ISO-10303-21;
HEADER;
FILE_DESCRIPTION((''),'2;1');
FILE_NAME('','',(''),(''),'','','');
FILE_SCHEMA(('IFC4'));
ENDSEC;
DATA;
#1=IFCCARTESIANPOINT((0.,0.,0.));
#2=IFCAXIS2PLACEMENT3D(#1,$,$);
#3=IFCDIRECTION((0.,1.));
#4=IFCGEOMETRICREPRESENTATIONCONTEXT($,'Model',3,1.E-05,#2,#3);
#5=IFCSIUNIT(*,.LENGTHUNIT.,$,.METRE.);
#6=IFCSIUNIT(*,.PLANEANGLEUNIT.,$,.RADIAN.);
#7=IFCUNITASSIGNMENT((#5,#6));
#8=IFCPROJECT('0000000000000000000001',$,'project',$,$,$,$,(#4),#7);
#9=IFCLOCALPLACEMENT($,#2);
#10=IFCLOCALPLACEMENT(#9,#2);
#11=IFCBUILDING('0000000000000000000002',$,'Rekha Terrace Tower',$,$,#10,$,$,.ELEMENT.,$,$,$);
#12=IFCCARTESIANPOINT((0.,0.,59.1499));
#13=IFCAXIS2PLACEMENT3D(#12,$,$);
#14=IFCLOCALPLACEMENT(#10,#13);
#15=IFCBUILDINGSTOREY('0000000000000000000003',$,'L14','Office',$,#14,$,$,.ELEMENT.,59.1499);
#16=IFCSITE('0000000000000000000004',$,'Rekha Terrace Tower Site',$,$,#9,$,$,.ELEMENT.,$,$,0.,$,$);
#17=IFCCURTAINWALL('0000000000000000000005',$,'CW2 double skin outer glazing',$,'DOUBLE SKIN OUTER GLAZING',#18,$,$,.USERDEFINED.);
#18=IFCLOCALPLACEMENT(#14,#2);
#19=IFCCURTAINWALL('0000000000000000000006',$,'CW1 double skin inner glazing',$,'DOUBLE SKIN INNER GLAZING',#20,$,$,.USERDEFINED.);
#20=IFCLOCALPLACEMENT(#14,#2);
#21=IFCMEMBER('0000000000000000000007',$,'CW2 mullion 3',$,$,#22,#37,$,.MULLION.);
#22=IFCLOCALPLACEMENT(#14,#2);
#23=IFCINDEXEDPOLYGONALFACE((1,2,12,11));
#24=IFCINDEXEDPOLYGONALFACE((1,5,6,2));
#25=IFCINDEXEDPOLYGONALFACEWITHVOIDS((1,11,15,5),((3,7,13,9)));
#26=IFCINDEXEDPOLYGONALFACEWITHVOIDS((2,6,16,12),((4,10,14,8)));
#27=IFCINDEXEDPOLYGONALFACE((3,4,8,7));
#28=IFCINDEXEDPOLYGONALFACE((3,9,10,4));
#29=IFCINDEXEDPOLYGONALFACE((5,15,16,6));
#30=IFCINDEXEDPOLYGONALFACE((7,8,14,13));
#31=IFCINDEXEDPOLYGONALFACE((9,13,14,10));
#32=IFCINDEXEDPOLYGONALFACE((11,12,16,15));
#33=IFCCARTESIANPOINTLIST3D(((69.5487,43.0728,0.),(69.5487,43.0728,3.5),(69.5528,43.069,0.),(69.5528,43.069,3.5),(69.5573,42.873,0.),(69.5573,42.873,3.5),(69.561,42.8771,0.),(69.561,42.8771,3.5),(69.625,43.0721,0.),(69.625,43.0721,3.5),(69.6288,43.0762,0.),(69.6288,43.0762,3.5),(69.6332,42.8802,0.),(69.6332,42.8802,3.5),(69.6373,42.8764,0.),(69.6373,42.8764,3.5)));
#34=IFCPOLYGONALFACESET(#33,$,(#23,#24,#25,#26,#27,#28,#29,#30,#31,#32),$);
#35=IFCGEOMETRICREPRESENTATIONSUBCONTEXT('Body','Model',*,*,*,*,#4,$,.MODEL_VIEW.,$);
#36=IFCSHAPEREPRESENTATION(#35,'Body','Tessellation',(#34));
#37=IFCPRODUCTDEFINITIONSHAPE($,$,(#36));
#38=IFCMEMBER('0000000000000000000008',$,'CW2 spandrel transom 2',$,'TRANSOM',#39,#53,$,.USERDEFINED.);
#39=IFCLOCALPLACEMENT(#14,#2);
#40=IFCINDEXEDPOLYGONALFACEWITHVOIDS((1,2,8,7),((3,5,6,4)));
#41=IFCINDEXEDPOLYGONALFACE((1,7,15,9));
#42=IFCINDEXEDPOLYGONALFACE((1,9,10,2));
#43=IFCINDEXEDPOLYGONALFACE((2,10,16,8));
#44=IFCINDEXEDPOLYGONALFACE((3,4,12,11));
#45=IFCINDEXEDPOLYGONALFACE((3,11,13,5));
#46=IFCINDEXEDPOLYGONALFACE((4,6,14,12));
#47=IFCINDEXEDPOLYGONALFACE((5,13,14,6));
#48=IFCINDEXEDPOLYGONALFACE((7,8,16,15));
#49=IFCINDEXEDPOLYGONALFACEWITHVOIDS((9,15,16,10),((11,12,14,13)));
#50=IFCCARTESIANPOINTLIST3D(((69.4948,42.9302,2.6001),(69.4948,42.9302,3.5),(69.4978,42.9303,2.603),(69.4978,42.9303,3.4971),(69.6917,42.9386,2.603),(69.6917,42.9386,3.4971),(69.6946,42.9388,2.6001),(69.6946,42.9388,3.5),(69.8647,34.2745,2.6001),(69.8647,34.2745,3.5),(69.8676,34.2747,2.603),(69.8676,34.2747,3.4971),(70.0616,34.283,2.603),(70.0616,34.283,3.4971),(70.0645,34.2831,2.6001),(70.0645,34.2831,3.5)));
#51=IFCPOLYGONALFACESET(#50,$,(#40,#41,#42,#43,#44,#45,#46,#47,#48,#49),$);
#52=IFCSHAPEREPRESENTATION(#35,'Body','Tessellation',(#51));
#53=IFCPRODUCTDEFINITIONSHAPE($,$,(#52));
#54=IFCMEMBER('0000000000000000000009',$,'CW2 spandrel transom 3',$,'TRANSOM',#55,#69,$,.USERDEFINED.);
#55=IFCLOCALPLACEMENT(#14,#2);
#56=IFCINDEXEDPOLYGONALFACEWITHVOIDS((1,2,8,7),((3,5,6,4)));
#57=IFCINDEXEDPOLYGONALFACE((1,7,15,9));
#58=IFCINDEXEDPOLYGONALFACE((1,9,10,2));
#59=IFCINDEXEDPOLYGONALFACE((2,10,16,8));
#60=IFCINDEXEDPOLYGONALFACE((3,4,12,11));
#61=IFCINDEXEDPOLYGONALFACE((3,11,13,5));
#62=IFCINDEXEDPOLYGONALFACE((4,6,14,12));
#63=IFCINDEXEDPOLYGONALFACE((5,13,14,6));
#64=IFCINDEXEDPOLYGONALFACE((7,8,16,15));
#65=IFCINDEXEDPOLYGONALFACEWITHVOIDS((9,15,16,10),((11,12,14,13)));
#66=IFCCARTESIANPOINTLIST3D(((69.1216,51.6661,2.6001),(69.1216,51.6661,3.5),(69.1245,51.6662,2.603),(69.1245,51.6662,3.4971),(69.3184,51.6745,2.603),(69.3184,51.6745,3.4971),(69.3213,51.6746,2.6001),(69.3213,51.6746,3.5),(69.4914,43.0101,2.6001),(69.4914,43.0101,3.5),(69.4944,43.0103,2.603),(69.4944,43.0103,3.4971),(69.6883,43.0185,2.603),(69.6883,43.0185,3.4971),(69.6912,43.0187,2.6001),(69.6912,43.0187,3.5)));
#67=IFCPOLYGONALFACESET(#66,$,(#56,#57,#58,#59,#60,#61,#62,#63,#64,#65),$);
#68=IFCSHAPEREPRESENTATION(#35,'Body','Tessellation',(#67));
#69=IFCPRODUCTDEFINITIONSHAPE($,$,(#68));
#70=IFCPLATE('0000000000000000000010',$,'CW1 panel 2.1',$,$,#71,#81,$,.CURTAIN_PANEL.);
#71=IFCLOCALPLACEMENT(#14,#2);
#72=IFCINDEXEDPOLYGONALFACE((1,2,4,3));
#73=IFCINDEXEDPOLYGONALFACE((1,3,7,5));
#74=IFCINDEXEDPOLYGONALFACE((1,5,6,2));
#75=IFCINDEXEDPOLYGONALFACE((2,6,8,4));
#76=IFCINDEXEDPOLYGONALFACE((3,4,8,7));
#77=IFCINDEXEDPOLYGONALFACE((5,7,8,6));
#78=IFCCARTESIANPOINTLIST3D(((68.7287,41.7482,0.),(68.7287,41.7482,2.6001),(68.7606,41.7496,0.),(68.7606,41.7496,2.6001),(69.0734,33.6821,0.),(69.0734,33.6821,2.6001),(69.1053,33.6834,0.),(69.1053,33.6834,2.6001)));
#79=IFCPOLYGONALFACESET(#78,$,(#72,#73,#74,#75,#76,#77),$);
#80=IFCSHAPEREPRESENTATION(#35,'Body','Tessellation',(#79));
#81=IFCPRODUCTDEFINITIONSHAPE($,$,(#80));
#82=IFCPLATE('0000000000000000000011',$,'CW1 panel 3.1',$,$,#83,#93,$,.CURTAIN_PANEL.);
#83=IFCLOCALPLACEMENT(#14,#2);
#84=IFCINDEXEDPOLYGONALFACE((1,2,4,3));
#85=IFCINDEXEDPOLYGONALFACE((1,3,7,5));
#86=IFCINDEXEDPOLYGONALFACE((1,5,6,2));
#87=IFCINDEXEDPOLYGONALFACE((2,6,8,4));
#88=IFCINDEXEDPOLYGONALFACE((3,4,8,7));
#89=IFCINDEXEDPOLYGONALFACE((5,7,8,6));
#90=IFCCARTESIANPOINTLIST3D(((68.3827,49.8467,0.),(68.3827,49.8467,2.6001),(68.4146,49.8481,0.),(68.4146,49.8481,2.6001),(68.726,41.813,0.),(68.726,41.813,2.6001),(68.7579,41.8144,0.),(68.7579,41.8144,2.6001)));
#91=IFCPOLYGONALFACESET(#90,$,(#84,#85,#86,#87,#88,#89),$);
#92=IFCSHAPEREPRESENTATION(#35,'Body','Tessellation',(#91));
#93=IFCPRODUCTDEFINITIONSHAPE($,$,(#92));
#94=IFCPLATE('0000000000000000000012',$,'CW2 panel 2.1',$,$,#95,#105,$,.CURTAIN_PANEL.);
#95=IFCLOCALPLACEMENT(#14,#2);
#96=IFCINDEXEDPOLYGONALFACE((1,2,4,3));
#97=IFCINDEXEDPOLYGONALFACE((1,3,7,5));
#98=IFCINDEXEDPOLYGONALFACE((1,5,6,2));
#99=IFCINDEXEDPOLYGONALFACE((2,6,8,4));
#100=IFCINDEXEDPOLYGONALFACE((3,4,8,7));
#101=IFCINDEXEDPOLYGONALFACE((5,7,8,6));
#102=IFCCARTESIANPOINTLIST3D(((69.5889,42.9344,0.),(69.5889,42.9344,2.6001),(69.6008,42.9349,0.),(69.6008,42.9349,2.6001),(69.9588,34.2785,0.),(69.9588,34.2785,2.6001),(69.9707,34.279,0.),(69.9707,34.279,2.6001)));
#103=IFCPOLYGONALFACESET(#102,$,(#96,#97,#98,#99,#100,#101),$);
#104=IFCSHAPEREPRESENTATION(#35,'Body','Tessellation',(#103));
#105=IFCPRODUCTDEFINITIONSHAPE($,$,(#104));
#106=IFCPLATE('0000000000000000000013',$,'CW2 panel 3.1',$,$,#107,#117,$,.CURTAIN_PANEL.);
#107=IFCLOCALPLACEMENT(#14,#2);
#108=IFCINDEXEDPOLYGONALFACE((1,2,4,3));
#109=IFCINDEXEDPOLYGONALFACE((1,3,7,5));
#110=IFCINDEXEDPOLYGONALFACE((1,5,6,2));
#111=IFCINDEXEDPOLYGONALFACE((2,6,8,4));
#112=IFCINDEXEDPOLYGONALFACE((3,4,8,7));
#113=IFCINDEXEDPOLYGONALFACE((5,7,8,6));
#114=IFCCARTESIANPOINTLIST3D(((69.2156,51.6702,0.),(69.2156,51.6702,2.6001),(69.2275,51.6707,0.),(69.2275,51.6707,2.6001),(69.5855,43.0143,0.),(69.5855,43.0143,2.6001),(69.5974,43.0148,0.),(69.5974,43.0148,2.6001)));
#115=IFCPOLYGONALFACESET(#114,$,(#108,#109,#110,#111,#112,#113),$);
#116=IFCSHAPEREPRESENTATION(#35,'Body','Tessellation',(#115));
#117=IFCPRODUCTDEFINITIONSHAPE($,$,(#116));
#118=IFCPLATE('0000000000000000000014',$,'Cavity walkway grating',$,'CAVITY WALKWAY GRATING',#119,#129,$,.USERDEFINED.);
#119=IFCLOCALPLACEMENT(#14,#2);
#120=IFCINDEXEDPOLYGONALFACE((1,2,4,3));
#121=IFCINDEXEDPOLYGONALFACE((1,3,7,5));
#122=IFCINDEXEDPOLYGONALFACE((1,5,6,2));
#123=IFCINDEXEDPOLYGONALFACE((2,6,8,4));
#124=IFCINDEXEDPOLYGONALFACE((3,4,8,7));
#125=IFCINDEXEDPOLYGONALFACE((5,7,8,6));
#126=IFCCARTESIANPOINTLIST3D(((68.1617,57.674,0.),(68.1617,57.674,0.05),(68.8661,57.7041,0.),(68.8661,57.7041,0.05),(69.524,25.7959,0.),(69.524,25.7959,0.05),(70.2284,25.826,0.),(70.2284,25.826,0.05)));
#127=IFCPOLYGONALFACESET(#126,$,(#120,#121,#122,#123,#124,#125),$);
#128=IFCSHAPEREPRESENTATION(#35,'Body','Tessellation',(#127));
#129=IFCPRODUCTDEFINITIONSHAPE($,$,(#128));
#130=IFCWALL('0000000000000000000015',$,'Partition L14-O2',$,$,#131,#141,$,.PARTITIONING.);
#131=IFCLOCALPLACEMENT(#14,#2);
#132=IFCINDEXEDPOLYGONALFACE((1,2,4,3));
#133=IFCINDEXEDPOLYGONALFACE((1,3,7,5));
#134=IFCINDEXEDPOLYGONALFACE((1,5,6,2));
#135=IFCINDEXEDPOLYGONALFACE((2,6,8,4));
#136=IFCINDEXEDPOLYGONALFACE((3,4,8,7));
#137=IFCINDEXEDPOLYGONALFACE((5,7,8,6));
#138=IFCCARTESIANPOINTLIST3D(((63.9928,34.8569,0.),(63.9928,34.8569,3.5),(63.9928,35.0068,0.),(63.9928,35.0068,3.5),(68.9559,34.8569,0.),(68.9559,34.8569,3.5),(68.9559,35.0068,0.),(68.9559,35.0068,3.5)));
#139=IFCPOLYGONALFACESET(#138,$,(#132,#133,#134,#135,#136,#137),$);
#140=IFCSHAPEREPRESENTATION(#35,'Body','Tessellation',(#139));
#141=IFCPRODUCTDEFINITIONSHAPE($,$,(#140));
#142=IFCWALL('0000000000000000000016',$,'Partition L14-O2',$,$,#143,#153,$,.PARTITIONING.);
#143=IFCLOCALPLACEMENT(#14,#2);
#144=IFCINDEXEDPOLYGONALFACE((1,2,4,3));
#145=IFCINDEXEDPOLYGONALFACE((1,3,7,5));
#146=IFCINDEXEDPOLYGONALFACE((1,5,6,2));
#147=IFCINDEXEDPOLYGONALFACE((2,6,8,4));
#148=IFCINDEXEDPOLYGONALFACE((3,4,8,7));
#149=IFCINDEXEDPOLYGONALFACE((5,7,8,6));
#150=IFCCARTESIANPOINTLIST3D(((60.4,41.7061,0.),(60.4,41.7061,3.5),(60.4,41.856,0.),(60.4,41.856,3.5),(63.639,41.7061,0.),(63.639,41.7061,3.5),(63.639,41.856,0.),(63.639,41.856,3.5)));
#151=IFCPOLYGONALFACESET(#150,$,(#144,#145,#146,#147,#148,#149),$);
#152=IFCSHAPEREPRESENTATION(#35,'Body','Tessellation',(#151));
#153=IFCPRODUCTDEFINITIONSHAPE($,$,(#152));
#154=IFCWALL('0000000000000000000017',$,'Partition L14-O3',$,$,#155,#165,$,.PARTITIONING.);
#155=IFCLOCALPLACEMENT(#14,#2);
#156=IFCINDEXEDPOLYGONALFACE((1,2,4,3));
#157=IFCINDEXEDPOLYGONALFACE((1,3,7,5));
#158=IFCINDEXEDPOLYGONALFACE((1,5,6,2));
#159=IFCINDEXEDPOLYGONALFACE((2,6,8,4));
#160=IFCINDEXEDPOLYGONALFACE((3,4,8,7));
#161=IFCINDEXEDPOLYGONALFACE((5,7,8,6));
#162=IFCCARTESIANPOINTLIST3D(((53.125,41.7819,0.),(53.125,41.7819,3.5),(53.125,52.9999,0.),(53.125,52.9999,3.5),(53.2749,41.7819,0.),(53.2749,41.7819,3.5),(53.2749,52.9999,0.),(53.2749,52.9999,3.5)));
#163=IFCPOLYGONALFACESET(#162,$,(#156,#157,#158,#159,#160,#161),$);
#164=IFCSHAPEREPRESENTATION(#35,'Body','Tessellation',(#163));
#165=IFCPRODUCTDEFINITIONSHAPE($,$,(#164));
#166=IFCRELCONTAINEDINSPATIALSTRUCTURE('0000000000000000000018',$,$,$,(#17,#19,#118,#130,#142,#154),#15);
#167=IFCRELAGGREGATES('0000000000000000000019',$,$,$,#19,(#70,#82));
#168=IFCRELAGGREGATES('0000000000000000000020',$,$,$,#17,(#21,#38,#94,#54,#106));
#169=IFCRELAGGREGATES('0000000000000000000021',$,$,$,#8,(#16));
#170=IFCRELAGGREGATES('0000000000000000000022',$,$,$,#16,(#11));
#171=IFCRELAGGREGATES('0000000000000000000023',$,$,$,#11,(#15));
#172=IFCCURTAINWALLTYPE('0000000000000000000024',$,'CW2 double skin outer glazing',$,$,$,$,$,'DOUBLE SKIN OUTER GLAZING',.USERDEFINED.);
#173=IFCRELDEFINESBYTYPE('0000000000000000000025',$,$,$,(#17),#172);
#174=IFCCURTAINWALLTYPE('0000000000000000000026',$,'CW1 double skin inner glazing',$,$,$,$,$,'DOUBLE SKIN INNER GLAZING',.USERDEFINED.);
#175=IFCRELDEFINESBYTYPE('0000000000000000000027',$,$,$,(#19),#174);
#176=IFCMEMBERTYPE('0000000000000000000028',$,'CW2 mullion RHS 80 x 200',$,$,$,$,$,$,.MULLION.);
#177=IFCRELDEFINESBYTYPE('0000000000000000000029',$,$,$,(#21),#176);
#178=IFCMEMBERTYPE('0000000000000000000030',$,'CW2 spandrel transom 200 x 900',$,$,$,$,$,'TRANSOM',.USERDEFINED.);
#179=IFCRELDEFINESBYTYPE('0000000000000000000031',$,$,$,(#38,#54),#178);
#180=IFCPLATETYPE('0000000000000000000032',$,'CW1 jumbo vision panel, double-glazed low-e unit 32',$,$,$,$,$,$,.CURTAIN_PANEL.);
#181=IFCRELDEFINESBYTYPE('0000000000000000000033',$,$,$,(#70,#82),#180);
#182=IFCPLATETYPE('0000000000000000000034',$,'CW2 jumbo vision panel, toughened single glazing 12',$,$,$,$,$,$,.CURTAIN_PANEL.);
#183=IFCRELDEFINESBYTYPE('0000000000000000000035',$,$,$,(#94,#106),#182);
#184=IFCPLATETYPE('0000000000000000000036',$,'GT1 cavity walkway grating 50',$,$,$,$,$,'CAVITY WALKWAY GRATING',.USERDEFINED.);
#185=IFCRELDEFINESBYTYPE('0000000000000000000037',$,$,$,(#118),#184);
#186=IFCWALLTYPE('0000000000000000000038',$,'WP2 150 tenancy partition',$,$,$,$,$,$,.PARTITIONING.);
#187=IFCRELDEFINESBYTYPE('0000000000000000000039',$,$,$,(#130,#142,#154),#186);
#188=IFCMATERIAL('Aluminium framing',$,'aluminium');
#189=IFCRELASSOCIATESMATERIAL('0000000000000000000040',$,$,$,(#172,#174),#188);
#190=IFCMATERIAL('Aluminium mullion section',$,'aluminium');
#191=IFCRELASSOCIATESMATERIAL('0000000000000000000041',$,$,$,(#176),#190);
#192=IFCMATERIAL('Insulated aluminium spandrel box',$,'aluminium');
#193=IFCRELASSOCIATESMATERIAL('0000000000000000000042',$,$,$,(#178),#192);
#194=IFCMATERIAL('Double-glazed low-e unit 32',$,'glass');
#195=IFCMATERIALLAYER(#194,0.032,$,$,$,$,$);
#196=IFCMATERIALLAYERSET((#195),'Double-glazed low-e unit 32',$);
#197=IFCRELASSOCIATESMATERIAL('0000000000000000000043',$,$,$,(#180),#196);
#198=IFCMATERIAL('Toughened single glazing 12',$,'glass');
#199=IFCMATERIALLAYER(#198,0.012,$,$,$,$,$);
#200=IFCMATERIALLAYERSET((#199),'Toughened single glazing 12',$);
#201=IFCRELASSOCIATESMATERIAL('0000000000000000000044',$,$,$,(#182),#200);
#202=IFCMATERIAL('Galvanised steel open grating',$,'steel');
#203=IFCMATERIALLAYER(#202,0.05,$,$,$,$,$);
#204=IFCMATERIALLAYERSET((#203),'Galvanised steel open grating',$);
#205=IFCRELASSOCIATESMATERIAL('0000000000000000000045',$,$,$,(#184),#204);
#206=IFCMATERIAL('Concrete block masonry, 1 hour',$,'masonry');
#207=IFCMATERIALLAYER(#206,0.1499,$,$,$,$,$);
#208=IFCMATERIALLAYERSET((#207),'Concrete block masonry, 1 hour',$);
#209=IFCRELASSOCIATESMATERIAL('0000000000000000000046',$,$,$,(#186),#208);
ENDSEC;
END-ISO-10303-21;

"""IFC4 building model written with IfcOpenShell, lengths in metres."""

from ifc_helpers import new_model, si_unit, direction, frame, frame_2d, origin, origin_2d, place, context, subcontext, project, spatial, rectangle, hollow_rectangle, extrude, material, layer, layer_set, material_profile, profile_set, type_object, element, aggregate, save


model = new_model("IFC4")

# Units and contexts
model_context = context("Model", 3, precision=1e-05, world=origin(), true_north=direction((0.0, 1.0)))
body_context = subcontext(model_context, "Body", "Model", "MODEL_VIEW")
ifc_project = project(units=[si_unit("LENGTHUNIT", "METRE"), si_unit("PLANEANGLEUNIT", "RADIAN")], contexts=[model_context])

# Site, building, storey
site_placement = place(None, origin())
site = spatial("IfcSite", under=ifc_project, at=site_placement, Name="Rekha Terrace Tower Site", CompositionType="ELEMENT", RefElevation=0.0)
building_placement = place(site_placement, origin())
building = spatial("IfcBuilding", under=site, at=building_placement, Name="Rekha Terrace Tower", CompositionType="ELEMENT")
storey_placement = place(building_placement, frame((0.0, 0.0, 59.1499)))
storey = spatial("IfcBuildingStorey", under=building, at=storey_placement, Name="L14", Description="Office", CompositionType="ELEMENT", Elevation=59.1499)

# Curtain walls
ifc_material_1 = material(Name="Aluminium framing", Category="aluminium")
curtain_wall_type_1 = type_object("IfcCurtainWallType", Name="CW2 double skin outer glazing", ElementType="DOUBLE SKIN OUTER GLAZING", PredefinedType="USERDEFINED", material=ifc_material_1)
curtain_wall_1_placement = place(storey_placement, origin())
curtain_wall_1 = element("IfcCurtainWall", 1, at=curtain_wall_1_placement, inside=storey, type_object=curtain_wall_type_1, Name="CW2 double skin outer glazing", ObjectType="DOUBLE SKIN OUTER GLAZING", PredefinedType="USERDEFINED")
curtain_wall_type_2 = type_object("IfcCurtainWallType", Name="CW1 double skin inner glazing", ElementType="DOUBLE SKIN INNER GLAZING", PredefinedType="USERDEFINED", material=ifc_material_1)
curtain_wall_2_placement = place(storey_placement, origin())
curtain_wall_2 = element("IfcCurtainWall", 2, at=curtain_wall_2_placement, inside=storey, type_object=curtain_wall_type_2, Name="CW1 double skin inner glazing", ObjectType="DOUBLE SKIN INNER GLAZING", PredefinedType="USERDEFINED")
ifc_material_2 = material(Name="Aluminium mullion section", Category="aluminium")
ifc_material_3 = material(Name="Insulated aluminium spandrel box", Category="aluminium")

# Members
ifc_material_profile_1 = material_profile(ifc_material_2, hollow_rectangle(XDim=0.0801, YDim=0.2, WallThickness=0.0039, at=origin_2d()), Name="AL RHS 80x200")
ifc_profile_set_1 = profile_set([ifc_material_profile_1], Name="Aluminium mullion section")
member_type_1 = type_object("IfcMemberType", Name="CW2 mullion RHS 80 x 200", PredefinedType="MULLION", material=ifc_profile_set_1)
member_1_placement = place(storey_placement, frame((69.593, 42.9746, 0.0), z_axis=(0.0, 0.0, 1.0), x_axis=(-0.999088, -0.042696, 0.0)))
member_1 = element("IfcMember", 3, at=member_1_placement, type_object=member_type_1, Name="CW2 mullion 3", PredefinedType="MULLION", context=body_context, shape_type="SweptSolid", body=[
    extrude(hollow_rectangle(XDim=0.0801, YDim=0.2, WallThickness=0.0039, at=origin_2d()), origin(), (0.0, 0.0, 1.0), 3.5),
])
ifc_material_profile_2 = material_profile(ifc_material_3, hollow_rectangle(XDim=0.2, YDim=0.8999, WallThickness=0.0029, at=origin_2d()), Name="AL SPANDREL BOX 200x900")
ifc_profile_set_2 = profile_set([ifc_material_profile_2], Name="Insulated aluminium spandrel box")
member_type_2 = type_object("IfcMemberType", Name="CW2 spandrel transom 200 x 900", ElementType="TRANSOM", PredefinedType="USERDEFINED", material=ifc_profile_set_2)
member_2_placement = place(storey_placement, frame((69.9646, 34.2788, 3.05), z_axis=(-0.042692, 0.999088, 0.0), x_axis=(-0.999088, -0.042692, 0.0)))
member_2 = element("IfcMember", 4, at=member_2_placement, type_object=member_type_2, Name="CW2 spandrel transom 2", ObjectType="TRANSOM", PredefinedType="USERDEFINED", context=body_context, shape_type="SweptSolid", body=[
    extrude(hollow_rectangle(XDim=0.2, YDim=0.8999, WallThickness=0.0029, at=origin_2d()), origin(), (0.0, 0.0, 1.0), 8.6636),
])
member_3_placement = place(storey_placement, frame((69.5913, 43.0144, 3.05), z_axis=(-0.042691, 0.999088, 0.0), x_axis=(-0.999088, -0.042691, 0.0)))
member_3 = element("IfcMember", 5, at=member_3_placement, type_object=member_type_2, Name="CW2 spandrel transom 3", ObjectType="TRANSOM", PredefinedType="USERDEFINED", context=body_context, shape_type="SweptSolid", body=[
    extrude(hollow_rectangle(XDim=0.2, YDim=0.8999, WallThickness=0.0029, at=origin_2d()), origin(), (0.0, 0.0, 1.0), 8.6638),
])

# Plates
ifc_material_4 = material(Name="Double-glazed low-e unit 32", Category="glass")
ifc_layer_1 = layer(ifc_material_4, 0.032)
ifc_layer_set_1 = layer_set([ifc_layer_1], Name="Double-glazed low-e unit 32")
plate_type_1 = type_object("IfcPlateType", Name="CW1 jumbo vision panel, double-glazed low-e unit 32", PredefinedType="CURTAIN_PANEL", material=ifc_layer_set_1)
plate_1_placement = place(storey_placement, frame((68.917, 37.7158, 0.0), z_axis=(0.0, 0.0, 1.0), x_axis=(-0.042696, 0.999088, 0.0)))
plate_1 = element("IfcPlate", 6, at=plate_1_placement, type_object=plate_type_1, Name="CW1 panel 2.1", PredefinedType="CURTAIN_PANEL", context=body_context, shape_type="SweptSolid", body=[
    extrude(rectangle(XDim=8.0735, YDim=0.032, at=origin_2d()), origin(), (0.0, 0.0, 1.0), 2.6001),
])
plate_2_placement = place(storey_placement, frame((68.5703, 45.8306, 0.0), z_axis=(0.0, 0.0, 1.0), x_axis=(-0.042696, 0.999088, 0.0)))
plate_2 = element("IfcPlate", 7, at=plate_2_placement, type_object=plate_type_1, Name="CW1 panel 3.1", PredefinedType="CURTAIN_PANEL", context=body_context, shape_type="SweptSolid", body=[
    extrude(rectangle(XDim=8.041, YDim=0.032, at=origin_2d()), origin(), (0.0, 0.0, 1.0), 2.6001),
])
aggregate(curtain_wall_2, [plate_1, plate_2])
ifc_material_5 = material(Name="Toughened single glazing 12", Category="glass")
ifc_layer_2 = layer(ifc_material_5, 0.012)
ifc_layer_set_2 = layer_set([ifc_layer_2], Name="Toughened single glazing 12")
plate_type_2 = type_object("IfcPlateType", Name="CW2 jumbo vision panel, toughened single glazing 12", PredefinedType="CURTAIN_PANEL", material=ifc_layer_set_2)
plate_3_placement = place(storey_placement, frame((69.7798, 38.6067, 0.0), z_axis=(0.0, 0.0, 1.0), x_axis=(-0.042696, 0.999088, 0.0)))
plate_3 = element("IfcPlate", 8, at=plate_3_placement, type_object=plate_type_2, Name="CW2 panel 2.1", PredefinedType="CURTAIN_PANEL", context=body_context, shape_type="SweptSolid", body=[
    extrude(rectangle(XDim=8.6638, YDim=0.012, at=origin_2d()), origin(), (0.0, 0.0, 1.0), 2.6001),
])
plate_4_placement = place(storey_placement, frame((69.4065, 47.3425, 0.0), z_axis=(0.0, 0.0, 1.0), x_axis=(-0.042696, 0.999088, 0.0)))
plate_4 = element("IfcPlate", 9, at=plate_4_placement, type_object=plate_type_2, Name="CW2 panel 3.1", PredefinedType="CURTAIN_PANEL", context=body_context, shape_type="SweptSolid", body=[
    extrude(rectangle(XDim=8.6638, YDim=0.012, at=origin_2d()), origin(), (0.0, 0.0, 1.0), 2.6001),
])
aggregate(curtain_wall_1, [member_1, member_2, plate_3, member_3, plate_4])
ifc_material_6 = material(Name="Galvanised steel open grating", Category="steel")
ifc_layer_3 = layer(ifc_material_6, 0.05)
ifc_layer_set_3 = layer_set([ifc_layer_3], Name="Galvanised steel open grating")
plate_type_3 = type_object("IfcPlateType", Name="GT1 cavity walkway grating 50", ElementType="CAVITY WALKWAY GRATING", PredefinedType="USERDEFINED", material=ifc_layer_set_3)
plate_5_placement = place(storey_placement, frame((69.1951, 41.75, 0.0), z_axis=(0.0, 0.0, 1.0), x_axis=(-0.042696, 0.999088, 0.0)))
element("IfcPlate", 10, at=plate_5_placement, inside=storey, type_object=plate_type_3, Name="Cavity walkway grating", ObjectType="CAVITY WALKWAY GRATING", PredefinedType="USERDEFINED", context=body_context, shape_type="SweptSolid", body=[
    extrude(rectangle(XDim=31.9072, YDim=0.7051, at=origin_2d()), origin(), (0.0, 0.0, 1.0), 0.05),
])

# Walls
ifc_material_7 = material(Name="Concrete block masonry, 1 hour", Category="masonry")
ifc_layer_4 = layer(ifc_material_7, 0.1499)
ifc_layer_set_4 = layer_set([ifc_layer_4], Name="Concrete block masonry, 1 hour")
wall_type_1 = type_object("IfcWallType", Name="WP2 150 tenancy partition", PredefinedType="PARTITIONING", material=ifc_layer_set_4)
wall_1_placement = place(storey_placement, frame((63.9929, 34.9319, 0.0), z_axis=(0.0, 0.0, 1.0), x_axis=(1.0, 0.0, 0.0)))
element("IfcWall", 11, at=wall_1_placement, inside=storey, type_object=wall_type_1, Name="Partition L14-O2", PredefinedType="PARTITIONING", context=body_context, shape_type="SweptSolid", body=[
    extrude(rectangle(XDim=4.9631, YDim=0.1499, at=frame_2d((2.4814, 0.0))), origin(), (0.0, 0.0, 1.0), 3.5),
])
wall_2_placement = place(storey_placement, frame((60.3999, 41.781, 0.0), z_axis=(0.0, 0.0, 1.0), x_axis=(1.0, 0.0, 0.0)))
element("IfcWall", 12, at=wall_2_placement, inside=storey, type_object=wall_type_1, Name="Partition L14-O2", PredefinedType="PARTITIONING", context=body_context, shape_type="SweptSolid", body=[
    extrude(rectangle(XDim=3.239, YDim=0.1499, at=frame_2d((1.6196, 0.0))), origin(), (0.0, 0.0, 1.0), 3.5),
])
wall_3_placement = place(storey_placement, frame((53.2, 41.782, 0.0), z_axis=(0.0, 0.0, 1.0), x_axis=(0.0, 1.0, 0.0)))
element("IfcWall", 13, at=wall_3_placement, inside=storey, type_object=wall_type_1, Name="Partition L14-O3", PredefinedType="PARTITIONING", context=body_context, shape_type="SweptSolid", body=[
    extrude(rectangle(XDim=11.218, YDim=0.1499, at=frame_2d((5.6089, 0.0))), origin(), (0.0, 0.0, 1.0), 3.5),
])

save(model, "model.ifc")
